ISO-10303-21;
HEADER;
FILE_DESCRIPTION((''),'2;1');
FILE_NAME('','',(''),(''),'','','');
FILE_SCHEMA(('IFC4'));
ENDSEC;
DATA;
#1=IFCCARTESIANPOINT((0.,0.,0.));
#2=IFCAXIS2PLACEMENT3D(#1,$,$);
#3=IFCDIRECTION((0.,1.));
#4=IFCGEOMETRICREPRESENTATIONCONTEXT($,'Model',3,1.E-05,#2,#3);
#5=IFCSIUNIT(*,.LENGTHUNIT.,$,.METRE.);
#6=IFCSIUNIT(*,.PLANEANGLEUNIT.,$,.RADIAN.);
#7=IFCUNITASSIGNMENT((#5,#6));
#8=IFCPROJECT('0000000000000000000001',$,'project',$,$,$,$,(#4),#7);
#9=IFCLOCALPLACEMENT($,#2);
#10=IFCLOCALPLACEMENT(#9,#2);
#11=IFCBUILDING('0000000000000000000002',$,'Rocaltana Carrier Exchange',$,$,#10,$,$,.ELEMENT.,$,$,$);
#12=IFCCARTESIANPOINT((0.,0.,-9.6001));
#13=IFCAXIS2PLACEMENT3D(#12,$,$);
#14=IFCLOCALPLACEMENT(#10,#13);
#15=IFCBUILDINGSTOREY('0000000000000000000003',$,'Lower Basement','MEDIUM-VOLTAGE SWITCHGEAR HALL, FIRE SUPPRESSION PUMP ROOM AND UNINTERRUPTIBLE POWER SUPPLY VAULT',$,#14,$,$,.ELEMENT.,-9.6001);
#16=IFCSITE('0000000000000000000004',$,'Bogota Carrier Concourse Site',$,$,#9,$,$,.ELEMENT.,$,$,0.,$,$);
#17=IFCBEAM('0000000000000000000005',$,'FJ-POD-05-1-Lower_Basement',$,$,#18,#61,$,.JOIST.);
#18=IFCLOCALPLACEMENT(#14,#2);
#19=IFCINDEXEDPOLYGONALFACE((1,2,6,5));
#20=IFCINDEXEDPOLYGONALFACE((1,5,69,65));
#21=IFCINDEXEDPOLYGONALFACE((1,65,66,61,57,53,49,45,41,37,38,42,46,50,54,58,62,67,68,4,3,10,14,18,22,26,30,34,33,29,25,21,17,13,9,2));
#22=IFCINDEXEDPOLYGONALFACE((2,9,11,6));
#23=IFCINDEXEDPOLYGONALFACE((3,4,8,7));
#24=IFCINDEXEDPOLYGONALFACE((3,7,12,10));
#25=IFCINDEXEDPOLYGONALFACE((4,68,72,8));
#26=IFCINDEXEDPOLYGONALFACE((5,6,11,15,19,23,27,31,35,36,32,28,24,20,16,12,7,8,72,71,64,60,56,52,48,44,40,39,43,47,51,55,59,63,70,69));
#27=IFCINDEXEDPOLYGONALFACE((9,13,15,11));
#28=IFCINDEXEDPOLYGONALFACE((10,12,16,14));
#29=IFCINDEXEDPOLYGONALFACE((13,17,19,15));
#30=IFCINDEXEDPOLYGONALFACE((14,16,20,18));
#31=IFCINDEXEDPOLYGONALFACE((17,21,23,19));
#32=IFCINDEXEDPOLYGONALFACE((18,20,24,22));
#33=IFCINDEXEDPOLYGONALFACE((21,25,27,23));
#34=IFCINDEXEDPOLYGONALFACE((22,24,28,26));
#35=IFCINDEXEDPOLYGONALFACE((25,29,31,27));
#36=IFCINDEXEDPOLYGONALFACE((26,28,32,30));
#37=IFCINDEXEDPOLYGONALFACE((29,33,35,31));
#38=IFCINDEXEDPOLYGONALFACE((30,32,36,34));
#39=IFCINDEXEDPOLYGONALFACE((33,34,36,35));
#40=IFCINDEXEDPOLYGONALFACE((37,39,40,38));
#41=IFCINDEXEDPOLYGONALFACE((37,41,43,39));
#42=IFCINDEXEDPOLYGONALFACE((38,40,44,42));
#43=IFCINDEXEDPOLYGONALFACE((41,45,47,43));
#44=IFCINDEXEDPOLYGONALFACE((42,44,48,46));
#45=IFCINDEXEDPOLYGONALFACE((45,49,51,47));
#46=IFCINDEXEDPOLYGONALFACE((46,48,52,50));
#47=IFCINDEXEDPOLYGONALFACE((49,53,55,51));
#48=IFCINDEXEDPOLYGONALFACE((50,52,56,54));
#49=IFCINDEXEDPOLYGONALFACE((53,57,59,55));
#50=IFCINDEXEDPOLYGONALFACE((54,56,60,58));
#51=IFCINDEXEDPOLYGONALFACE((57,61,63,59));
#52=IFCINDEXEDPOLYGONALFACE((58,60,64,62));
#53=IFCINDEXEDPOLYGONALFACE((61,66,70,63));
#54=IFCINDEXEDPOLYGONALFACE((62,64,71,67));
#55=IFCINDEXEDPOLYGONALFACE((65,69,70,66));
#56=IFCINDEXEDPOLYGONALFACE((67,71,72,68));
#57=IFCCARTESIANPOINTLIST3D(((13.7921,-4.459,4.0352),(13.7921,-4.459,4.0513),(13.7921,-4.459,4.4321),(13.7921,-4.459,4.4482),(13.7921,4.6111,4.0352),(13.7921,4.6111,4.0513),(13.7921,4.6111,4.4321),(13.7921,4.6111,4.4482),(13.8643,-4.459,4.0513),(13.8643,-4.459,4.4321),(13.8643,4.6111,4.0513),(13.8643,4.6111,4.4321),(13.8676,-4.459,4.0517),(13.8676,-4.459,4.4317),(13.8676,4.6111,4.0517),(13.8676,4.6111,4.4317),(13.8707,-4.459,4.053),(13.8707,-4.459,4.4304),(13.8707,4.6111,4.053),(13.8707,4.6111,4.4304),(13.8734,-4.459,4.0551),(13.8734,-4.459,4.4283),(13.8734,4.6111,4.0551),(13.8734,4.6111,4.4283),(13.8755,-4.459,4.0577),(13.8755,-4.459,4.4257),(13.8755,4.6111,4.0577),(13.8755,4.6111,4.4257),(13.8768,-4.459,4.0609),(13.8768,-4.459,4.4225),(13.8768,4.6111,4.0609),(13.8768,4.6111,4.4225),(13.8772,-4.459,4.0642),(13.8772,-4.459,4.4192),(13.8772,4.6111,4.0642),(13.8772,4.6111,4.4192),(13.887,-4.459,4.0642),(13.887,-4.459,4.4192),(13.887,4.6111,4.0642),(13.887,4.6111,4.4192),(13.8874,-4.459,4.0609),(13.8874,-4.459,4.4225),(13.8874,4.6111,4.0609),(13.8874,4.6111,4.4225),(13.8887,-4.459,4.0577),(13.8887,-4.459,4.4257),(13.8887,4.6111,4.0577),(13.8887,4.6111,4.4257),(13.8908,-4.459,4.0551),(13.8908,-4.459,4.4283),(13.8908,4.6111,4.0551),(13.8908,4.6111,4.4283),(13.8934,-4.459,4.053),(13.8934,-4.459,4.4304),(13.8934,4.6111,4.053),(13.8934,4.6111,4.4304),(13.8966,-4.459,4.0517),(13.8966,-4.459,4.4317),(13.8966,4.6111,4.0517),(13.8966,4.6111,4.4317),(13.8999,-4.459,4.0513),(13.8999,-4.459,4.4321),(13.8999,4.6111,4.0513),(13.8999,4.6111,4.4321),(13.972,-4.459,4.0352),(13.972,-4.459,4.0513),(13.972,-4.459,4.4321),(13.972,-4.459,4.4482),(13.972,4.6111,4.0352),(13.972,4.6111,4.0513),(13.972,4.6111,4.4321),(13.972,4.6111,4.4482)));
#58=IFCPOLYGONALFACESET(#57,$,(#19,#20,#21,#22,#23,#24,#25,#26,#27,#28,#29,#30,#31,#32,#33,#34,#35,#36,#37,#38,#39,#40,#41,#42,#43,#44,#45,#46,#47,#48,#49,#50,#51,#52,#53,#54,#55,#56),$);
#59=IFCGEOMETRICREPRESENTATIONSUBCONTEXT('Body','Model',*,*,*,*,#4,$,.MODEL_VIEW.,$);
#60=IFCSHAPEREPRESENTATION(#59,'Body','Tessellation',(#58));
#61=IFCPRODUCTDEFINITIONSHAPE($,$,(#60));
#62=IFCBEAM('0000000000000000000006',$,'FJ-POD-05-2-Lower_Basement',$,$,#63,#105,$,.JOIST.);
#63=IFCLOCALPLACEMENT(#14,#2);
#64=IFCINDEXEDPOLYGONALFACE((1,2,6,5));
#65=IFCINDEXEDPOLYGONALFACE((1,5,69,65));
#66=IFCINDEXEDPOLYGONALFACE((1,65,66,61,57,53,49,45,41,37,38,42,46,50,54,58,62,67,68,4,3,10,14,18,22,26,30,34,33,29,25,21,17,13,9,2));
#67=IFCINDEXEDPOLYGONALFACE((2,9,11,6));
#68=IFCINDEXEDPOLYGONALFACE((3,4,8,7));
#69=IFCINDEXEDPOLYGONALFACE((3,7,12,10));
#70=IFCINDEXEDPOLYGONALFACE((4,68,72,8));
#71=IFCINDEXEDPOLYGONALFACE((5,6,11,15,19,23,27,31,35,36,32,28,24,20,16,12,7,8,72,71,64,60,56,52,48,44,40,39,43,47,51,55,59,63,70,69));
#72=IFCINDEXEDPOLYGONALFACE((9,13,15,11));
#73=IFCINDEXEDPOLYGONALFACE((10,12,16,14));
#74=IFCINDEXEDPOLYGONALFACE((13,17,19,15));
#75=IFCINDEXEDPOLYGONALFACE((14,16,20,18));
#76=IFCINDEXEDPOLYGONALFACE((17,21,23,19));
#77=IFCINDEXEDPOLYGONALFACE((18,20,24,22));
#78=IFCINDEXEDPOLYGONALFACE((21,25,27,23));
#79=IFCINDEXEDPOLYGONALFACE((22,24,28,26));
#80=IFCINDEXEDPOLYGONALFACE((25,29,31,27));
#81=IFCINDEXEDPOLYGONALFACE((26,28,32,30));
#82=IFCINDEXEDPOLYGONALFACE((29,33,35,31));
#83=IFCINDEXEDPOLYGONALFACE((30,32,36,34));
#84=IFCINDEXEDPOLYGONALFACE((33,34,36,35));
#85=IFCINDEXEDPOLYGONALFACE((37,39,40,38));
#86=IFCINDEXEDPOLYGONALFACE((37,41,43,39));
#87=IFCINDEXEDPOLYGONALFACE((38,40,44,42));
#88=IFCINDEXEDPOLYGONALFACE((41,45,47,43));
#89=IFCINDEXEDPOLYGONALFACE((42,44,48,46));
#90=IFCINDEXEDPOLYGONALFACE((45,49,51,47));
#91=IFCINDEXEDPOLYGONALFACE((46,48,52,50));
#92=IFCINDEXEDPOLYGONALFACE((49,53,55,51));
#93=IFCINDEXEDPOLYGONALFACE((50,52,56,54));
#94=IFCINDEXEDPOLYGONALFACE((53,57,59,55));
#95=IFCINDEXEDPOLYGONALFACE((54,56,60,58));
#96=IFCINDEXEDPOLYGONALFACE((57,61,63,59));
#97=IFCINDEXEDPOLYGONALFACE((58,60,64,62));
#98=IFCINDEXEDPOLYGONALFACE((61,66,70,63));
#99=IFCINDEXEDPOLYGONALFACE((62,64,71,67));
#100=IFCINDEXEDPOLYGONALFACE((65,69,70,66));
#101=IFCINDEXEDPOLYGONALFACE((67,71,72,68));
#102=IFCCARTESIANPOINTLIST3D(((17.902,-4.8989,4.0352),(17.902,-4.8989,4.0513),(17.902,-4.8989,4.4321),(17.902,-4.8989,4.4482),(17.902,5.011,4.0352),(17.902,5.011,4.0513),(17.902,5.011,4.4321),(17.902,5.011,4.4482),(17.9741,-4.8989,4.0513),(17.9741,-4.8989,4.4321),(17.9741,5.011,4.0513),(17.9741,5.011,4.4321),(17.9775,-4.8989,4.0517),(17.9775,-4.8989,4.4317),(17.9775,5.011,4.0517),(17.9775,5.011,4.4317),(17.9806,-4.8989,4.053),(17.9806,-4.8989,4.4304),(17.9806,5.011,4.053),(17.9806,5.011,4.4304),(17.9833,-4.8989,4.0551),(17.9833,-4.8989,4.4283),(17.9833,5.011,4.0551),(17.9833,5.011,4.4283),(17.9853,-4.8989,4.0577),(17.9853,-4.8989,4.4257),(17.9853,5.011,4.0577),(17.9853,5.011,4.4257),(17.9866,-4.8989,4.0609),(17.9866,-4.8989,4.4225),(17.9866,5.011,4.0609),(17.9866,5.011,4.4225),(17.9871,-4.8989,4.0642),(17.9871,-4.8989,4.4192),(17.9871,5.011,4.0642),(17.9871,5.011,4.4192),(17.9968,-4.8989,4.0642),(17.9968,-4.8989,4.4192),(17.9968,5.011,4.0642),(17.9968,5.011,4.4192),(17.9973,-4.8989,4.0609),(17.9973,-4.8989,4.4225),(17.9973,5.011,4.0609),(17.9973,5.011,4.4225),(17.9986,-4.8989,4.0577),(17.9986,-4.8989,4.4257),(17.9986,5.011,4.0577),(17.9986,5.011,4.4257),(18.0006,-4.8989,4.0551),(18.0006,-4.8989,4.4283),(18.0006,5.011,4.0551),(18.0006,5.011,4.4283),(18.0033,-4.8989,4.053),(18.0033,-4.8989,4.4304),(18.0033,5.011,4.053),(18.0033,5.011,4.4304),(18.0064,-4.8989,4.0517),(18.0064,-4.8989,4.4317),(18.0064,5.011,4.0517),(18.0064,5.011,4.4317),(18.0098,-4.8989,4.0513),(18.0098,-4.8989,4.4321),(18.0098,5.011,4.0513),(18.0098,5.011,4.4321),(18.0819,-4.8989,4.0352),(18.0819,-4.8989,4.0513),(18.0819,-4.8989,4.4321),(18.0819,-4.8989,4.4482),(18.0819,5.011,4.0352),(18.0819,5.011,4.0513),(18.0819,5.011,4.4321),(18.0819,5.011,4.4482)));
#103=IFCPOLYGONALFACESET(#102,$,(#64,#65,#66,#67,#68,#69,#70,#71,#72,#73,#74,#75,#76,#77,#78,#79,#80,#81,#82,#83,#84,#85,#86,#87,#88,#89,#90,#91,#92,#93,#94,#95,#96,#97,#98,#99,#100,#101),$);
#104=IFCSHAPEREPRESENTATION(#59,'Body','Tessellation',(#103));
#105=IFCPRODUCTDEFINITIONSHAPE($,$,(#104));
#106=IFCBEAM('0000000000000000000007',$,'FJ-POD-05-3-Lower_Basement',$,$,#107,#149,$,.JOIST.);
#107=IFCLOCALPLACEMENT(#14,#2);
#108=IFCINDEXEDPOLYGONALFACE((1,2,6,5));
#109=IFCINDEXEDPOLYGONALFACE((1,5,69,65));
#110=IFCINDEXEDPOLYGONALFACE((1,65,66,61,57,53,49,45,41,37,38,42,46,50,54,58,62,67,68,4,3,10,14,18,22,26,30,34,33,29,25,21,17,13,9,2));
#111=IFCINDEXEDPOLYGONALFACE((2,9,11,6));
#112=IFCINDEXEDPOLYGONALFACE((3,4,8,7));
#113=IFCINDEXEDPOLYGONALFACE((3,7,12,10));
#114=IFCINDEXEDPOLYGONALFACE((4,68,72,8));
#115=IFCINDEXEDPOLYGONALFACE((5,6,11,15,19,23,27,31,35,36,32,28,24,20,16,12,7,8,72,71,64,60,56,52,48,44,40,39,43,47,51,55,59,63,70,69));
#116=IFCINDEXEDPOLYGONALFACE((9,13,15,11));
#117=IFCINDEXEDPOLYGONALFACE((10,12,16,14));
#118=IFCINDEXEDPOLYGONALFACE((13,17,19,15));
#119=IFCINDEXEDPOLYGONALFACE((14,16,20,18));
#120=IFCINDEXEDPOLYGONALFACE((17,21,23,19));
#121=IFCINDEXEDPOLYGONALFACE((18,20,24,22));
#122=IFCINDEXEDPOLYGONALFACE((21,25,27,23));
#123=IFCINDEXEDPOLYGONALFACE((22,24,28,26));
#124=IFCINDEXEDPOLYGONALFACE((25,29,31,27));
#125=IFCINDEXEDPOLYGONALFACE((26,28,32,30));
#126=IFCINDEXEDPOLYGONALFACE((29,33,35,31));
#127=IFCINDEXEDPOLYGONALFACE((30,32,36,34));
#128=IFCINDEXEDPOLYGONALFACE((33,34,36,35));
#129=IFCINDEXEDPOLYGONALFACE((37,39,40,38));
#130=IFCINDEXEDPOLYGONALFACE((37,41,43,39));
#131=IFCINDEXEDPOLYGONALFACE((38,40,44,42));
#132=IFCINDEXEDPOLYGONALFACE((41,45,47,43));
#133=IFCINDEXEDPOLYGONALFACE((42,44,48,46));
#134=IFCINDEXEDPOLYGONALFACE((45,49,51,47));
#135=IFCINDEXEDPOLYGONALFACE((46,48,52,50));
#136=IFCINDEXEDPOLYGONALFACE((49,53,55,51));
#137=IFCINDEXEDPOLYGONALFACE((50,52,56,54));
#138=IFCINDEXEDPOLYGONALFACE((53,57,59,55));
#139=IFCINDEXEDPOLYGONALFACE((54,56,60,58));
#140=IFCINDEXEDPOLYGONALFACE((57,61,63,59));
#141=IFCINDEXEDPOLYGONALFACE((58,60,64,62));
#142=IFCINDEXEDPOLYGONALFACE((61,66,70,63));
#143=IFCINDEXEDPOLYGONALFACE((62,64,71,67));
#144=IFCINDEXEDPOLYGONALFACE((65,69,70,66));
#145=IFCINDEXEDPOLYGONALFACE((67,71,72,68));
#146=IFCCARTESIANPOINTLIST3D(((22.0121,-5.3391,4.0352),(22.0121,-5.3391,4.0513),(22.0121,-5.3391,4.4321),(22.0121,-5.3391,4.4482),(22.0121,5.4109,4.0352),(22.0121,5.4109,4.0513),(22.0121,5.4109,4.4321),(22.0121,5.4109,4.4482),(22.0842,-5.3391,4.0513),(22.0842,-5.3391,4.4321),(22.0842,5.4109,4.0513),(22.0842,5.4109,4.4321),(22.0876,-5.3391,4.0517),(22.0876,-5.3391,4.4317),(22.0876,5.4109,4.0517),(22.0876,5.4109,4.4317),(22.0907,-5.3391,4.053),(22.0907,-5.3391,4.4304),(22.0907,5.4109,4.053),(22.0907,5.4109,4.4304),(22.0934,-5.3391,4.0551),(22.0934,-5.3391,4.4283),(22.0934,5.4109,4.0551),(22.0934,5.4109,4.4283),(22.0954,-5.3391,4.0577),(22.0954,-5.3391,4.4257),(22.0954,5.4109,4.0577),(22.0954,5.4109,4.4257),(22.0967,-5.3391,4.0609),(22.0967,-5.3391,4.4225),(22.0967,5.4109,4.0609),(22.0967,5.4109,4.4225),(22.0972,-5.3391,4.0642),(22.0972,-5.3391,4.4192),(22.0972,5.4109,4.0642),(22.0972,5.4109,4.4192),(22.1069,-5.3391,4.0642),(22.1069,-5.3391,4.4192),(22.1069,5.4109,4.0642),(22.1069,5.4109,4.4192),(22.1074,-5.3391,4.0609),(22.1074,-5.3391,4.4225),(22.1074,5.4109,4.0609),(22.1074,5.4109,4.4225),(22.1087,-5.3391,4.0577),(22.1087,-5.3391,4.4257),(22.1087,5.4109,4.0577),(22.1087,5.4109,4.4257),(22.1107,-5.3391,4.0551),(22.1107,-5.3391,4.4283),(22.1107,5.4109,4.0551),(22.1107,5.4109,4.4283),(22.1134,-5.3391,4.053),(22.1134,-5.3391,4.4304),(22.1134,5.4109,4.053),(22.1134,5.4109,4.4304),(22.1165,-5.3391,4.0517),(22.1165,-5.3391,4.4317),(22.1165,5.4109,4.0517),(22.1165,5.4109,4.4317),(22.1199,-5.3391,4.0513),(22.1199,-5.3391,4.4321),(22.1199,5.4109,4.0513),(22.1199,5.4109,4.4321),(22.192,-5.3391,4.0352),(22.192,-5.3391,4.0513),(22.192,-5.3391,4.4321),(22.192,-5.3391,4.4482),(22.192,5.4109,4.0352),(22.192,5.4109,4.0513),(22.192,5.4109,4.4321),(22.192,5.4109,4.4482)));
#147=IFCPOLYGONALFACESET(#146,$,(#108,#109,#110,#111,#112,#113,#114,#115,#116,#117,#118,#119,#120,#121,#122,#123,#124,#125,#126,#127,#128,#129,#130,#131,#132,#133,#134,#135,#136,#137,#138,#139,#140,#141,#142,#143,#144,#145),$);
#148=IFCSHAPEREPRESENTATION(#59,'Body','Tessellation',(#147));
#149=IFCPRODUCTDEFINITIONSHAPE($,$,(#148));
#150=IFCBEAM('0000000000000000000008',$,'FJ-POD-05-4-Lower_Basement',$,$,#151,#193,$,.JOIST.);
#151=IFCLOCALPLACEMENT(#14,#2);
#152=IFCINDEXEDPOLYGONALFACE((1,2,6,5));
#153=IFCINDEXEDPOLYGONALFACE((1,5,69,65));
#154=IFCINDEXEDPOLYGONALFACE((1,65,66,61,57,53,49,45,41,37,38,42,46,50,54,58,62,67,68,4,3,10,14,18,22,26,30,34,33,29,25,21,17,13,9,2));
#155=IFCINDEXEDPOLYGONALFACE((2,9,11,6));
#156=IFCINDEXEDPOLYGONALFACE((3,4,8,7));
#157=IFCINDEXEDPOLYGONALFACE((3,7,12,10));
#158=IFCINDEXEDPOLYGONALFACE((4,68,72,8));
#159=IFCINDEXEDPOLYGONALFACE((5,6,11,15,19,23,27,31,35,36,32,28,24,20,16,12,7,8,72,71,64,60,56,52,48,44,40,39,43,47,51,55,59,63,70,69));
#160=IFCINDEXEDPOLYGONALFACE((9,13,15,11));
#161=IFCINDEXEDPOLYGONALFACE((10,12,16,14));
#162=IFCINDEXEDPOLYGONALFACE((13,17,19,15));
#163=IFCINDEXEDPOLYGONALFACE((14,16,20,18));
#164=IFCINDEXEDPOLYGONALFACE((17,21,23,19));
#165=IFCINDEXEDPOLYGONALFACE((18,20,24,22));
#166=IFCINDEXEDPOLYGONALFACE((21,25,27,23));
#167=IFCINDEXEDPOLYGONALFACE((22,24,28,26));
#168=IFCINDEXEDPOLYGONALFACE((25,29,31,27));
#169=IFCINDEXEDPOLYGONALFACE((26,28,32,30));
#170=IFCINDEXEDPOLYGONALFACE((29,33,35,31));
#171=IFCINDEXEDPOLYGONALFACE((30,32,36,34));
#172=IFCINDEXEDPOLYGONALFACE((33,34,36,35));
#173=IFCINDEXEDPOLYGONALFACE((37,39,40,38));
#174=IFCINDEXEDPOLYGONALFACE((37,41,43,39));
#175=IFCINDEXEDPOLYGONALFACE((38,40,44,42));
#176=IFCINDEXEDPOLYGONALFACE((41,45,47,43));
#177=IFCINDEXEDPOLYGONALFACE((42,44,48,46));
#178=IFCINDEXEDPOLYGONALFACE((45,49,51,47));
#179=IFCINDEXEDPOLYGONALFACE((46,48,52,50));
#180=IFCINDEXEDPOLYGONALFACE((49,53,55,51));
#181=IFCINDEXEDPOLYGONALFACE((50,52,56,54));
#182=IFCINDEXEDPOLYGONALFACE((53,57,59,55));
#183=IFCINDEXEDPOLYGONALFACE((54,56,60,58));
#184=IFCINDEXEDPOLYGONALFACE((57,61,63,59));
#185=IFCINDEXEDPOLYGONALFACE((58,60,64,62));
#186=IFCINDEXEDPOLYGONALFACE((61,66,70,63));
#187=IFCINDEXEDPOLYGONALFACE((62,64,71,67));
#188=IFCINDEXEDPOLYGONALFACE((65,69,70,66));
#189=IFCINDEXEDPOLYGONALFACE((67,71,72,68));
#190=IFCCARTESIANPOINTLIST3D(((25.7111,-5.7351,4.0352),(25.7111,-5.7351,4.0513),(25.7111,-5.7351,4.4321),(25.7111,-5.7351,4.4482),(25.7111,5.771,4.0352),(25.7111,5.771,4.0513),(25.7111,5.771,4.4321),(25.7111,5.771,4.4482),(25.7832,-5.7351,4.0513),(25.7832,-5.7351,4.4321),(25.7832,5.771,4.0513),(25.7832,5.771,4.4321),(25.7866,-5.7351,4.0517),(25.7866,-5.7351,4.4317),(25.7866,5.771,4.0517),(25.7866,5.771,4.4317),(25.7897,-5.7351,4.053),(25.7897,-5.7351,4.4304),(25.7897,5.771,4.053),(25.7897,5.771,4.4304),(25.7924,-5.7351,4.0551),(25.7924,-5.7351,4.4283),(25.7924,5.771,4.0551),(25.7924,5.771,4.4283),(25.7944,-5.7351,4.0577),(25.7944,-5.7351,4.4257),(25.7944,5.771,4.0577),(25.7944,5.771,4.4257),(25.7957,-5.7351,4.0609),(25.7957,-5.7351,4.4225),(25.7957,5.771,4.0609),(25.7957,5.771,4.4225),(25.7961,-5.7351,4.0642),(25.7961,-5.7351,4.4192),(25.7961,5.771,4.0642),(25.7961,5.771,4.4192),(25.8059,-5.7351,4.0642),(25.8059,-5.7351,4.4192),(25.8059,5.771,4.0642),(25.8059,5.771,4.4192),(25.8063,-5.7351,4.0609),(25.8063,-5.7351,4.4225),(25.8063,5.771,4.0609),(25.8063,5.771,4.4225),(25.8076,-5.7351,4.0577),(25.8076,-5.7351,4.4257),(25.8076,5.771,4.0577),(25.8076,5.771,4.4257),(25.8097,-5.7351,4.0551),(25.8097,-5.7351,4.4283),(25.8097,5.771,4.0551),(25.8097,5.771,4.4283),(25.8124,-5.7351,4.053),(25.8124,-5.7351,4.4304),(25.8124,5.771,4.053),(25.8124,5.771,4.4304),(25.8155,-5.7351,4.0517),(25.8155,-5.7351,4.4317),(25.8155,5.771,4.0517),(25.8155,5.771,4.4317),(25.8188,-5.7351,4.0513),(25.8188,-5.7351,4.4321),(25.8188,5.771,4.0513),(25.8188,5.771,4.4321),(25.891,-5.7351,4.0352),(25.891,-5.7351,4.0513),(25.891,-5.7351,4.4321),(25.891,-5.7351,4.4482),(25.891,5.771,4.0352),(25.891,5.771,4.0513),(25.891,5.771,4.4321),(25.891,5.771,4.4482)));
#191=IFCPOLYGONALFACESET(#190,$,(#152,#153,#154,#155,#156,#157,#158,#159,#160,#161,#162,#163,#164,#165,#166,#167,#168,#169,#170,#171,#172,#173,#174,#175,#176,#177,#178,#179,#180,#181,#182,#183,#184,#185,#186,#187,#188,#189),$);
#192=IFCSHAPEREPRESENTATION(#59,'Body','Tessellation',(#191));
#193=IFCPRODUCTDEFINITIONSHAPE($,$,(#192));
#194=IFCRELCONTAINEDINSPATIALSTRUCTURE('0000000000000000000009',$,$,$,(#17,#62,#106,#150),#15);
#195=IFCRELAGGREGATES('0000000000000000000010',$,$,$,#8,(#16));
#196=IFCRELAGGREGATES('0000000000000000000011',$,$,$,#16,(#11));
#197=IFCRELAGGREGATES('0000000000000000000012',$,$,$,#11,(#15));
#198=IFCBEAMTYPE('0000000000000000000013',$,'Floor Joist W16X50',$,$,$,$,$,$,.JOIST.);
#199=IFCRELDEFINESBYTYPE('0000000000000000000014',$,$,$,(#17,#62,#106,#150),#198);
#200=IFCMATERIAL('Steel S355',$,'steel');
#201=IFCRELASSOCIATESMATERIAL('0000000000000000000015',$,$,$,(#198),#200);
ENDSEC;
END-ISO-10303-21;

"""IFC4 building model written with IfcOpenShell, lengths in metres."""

from ifc_helpers import new_model, si_unit, direction, frame, origin, origin_2d, place, context, subcontext, project, spatial, i_section, extrude, material, material_profile, profile_set, type_object, element, save


model = new_model("IFC4")

# Units and contexts
model_context = context("Model", 3, precision=1e-05, world=origin(), true_north=direction((0.0, 1.0)))
body_context = subcontext(model_context, "Body", "Model", "MODEL_VIEW")
ifc_project = project(units=[si_unit("LENGTHUNIT", "METRE"), si_unit("PLANEANGLEUNIT", "RADIAN")], contexts=[model_context])

# Site, building, storey
site_placement = place(None, origin())
site = spatial("IfcSite", under=ifc_project, at=site_placement, Name="Bogota Carrier Concourse Site", CompositionType="ELEMENT", RefElevation=0.0)
building_placement = place(site_placement, origin())
building = spatial("IfcBuilding", under=site, at=building_placement, Name="Rocaltana Carrier Exchange", CompositionType="ELEMENT")
storey_placement = place(building_placement, frame((0.0, 0.0, -9.6001)))
storey = spatial("IfcBuildingStorey", under=building, at=storey_placement, Name="Lower Basement", Description="MEDIUM-VOLTAGE SWITCHGEAR HALL, FIRE SUPPRESSION PUMP ROOM AND UNINTERRUPTIBLE POWER SUPPLY VAULT", CompositionType="ELEMENT", Elevation=-9.6001)

# Beams
ifc_material_1 = material(Name="Steel S355", Category="steel")
ifc_material_profile_1 = material_profile(ifc_material_1, i_section(OverallWidth=0.1799, OverallDepth=0.4131, WebThickness=0.0098, FlangeThickness=0.0161, FilletRadius=0.0129, at=origin_2d()), Name="W16X50")
ifc_profile_set_1 = profile_set([ifc_material_profile_1], Name="Steel S355")
beam_type_1 = type_object("IfcBeamType", Name="Floor Joist W16X50", PredefinedType="JOIST", material=ifc_profile_set_1)
beam_1_placement = place(storey_placement, frame((13.8821, -4.459, 4.2417), z_axis=(0.0, 1.0, 0.0), x_axis=(-1.0, 0.0, 0.0)))
element("IfcBeam", 1, at=beam_1_placement, inside=storey, type_object=beam_type_1, Name="FJ-POD-05-1-Lower_Basement", PredefinedType="JOIST", context=body_context, shape_type="SweptSolid", body=[
    extrude(i_section(OverallWidth=0.1799, OverallDepth=0.4131, WebThickness=0.0098, FlangeThickness=0.0161, FilletRadius=0.0129, at=origin_2d()), origin(), (0.0, 0.0, 1.0), 9.0701),
])
beam_2_placement = place(storey_placement, frame((17.9919, -4.8989, 4.2417), z_axis=(0.0, 1.0, 0.0), x_axis=(-1.0, 0.0, 0.0)))
element("IfcBeam", 2, at=beam_2_placement, inside=storey, type_object=beam_type_1, Name="FJ-POD-05-2-Lower_Basement", PredefinedType="JOIST", context=body_context, shape_type="SweptSolid", body=[
    extrude(i_section(OverallWidth=0.1799, OverallDepth=0.4131, WebThickness=0.0098, FlangeThickness=0.0161, FilletRadius=0.0129, at=origin_2d()), origin(), (0.0, 0.0, 1.0), 9.9099),
])
beam_3_placement = place(storey_placement, frame((22.1021, -5.3391, 4.2417), z_axis=(0.0, 1.0, 0.0), x_axis=(-1.0, 0.0, 0.0)))
element("IfcBeam", 3, at=beam_3_placement, inside=storey, type_object=beam_type_1, Name="FJ-POD-05-3-Lower_Basement", PredefinedType="JOIST", context=body_context, shape_type="SweptSolid", body=[
    extrude(i_section(OverallWidth=0.1799, OverallDepth=0.4131, WebThickness=0.0098, FlangeThickness=0.0161, FilletRadius=0.0129, at=origin_2d()), origin(), (0.0, 0.0, 1.0), 10.75),
])
beam_4_placement = place(storey_placement, frame((25.801, -5.7351, 4.2417), z_axis=(0.0, 1.0, 0.0), x_axis=(-1.0, 0.0, 0.0)))
element("IfcBeam", 4, at=beam_4_placement, inside=storey, type_object=beam_type_1, Name="FJ-POD-05-4-Lower_Basement", PredefinedType="JOIST", context=body_context, shape_type="SweptSolid", body=[
    extrude(i_section(OverallWidth=0.1799, OverallDepth=0.4131, WebThickness=0.0098, FlangeThickness=0.0161, FilletRadius=0.0129, at=origin_2d()), origin(), (0.0, 0.0, 1.0), 11.5061),
])

save(model, "model.ifc")
